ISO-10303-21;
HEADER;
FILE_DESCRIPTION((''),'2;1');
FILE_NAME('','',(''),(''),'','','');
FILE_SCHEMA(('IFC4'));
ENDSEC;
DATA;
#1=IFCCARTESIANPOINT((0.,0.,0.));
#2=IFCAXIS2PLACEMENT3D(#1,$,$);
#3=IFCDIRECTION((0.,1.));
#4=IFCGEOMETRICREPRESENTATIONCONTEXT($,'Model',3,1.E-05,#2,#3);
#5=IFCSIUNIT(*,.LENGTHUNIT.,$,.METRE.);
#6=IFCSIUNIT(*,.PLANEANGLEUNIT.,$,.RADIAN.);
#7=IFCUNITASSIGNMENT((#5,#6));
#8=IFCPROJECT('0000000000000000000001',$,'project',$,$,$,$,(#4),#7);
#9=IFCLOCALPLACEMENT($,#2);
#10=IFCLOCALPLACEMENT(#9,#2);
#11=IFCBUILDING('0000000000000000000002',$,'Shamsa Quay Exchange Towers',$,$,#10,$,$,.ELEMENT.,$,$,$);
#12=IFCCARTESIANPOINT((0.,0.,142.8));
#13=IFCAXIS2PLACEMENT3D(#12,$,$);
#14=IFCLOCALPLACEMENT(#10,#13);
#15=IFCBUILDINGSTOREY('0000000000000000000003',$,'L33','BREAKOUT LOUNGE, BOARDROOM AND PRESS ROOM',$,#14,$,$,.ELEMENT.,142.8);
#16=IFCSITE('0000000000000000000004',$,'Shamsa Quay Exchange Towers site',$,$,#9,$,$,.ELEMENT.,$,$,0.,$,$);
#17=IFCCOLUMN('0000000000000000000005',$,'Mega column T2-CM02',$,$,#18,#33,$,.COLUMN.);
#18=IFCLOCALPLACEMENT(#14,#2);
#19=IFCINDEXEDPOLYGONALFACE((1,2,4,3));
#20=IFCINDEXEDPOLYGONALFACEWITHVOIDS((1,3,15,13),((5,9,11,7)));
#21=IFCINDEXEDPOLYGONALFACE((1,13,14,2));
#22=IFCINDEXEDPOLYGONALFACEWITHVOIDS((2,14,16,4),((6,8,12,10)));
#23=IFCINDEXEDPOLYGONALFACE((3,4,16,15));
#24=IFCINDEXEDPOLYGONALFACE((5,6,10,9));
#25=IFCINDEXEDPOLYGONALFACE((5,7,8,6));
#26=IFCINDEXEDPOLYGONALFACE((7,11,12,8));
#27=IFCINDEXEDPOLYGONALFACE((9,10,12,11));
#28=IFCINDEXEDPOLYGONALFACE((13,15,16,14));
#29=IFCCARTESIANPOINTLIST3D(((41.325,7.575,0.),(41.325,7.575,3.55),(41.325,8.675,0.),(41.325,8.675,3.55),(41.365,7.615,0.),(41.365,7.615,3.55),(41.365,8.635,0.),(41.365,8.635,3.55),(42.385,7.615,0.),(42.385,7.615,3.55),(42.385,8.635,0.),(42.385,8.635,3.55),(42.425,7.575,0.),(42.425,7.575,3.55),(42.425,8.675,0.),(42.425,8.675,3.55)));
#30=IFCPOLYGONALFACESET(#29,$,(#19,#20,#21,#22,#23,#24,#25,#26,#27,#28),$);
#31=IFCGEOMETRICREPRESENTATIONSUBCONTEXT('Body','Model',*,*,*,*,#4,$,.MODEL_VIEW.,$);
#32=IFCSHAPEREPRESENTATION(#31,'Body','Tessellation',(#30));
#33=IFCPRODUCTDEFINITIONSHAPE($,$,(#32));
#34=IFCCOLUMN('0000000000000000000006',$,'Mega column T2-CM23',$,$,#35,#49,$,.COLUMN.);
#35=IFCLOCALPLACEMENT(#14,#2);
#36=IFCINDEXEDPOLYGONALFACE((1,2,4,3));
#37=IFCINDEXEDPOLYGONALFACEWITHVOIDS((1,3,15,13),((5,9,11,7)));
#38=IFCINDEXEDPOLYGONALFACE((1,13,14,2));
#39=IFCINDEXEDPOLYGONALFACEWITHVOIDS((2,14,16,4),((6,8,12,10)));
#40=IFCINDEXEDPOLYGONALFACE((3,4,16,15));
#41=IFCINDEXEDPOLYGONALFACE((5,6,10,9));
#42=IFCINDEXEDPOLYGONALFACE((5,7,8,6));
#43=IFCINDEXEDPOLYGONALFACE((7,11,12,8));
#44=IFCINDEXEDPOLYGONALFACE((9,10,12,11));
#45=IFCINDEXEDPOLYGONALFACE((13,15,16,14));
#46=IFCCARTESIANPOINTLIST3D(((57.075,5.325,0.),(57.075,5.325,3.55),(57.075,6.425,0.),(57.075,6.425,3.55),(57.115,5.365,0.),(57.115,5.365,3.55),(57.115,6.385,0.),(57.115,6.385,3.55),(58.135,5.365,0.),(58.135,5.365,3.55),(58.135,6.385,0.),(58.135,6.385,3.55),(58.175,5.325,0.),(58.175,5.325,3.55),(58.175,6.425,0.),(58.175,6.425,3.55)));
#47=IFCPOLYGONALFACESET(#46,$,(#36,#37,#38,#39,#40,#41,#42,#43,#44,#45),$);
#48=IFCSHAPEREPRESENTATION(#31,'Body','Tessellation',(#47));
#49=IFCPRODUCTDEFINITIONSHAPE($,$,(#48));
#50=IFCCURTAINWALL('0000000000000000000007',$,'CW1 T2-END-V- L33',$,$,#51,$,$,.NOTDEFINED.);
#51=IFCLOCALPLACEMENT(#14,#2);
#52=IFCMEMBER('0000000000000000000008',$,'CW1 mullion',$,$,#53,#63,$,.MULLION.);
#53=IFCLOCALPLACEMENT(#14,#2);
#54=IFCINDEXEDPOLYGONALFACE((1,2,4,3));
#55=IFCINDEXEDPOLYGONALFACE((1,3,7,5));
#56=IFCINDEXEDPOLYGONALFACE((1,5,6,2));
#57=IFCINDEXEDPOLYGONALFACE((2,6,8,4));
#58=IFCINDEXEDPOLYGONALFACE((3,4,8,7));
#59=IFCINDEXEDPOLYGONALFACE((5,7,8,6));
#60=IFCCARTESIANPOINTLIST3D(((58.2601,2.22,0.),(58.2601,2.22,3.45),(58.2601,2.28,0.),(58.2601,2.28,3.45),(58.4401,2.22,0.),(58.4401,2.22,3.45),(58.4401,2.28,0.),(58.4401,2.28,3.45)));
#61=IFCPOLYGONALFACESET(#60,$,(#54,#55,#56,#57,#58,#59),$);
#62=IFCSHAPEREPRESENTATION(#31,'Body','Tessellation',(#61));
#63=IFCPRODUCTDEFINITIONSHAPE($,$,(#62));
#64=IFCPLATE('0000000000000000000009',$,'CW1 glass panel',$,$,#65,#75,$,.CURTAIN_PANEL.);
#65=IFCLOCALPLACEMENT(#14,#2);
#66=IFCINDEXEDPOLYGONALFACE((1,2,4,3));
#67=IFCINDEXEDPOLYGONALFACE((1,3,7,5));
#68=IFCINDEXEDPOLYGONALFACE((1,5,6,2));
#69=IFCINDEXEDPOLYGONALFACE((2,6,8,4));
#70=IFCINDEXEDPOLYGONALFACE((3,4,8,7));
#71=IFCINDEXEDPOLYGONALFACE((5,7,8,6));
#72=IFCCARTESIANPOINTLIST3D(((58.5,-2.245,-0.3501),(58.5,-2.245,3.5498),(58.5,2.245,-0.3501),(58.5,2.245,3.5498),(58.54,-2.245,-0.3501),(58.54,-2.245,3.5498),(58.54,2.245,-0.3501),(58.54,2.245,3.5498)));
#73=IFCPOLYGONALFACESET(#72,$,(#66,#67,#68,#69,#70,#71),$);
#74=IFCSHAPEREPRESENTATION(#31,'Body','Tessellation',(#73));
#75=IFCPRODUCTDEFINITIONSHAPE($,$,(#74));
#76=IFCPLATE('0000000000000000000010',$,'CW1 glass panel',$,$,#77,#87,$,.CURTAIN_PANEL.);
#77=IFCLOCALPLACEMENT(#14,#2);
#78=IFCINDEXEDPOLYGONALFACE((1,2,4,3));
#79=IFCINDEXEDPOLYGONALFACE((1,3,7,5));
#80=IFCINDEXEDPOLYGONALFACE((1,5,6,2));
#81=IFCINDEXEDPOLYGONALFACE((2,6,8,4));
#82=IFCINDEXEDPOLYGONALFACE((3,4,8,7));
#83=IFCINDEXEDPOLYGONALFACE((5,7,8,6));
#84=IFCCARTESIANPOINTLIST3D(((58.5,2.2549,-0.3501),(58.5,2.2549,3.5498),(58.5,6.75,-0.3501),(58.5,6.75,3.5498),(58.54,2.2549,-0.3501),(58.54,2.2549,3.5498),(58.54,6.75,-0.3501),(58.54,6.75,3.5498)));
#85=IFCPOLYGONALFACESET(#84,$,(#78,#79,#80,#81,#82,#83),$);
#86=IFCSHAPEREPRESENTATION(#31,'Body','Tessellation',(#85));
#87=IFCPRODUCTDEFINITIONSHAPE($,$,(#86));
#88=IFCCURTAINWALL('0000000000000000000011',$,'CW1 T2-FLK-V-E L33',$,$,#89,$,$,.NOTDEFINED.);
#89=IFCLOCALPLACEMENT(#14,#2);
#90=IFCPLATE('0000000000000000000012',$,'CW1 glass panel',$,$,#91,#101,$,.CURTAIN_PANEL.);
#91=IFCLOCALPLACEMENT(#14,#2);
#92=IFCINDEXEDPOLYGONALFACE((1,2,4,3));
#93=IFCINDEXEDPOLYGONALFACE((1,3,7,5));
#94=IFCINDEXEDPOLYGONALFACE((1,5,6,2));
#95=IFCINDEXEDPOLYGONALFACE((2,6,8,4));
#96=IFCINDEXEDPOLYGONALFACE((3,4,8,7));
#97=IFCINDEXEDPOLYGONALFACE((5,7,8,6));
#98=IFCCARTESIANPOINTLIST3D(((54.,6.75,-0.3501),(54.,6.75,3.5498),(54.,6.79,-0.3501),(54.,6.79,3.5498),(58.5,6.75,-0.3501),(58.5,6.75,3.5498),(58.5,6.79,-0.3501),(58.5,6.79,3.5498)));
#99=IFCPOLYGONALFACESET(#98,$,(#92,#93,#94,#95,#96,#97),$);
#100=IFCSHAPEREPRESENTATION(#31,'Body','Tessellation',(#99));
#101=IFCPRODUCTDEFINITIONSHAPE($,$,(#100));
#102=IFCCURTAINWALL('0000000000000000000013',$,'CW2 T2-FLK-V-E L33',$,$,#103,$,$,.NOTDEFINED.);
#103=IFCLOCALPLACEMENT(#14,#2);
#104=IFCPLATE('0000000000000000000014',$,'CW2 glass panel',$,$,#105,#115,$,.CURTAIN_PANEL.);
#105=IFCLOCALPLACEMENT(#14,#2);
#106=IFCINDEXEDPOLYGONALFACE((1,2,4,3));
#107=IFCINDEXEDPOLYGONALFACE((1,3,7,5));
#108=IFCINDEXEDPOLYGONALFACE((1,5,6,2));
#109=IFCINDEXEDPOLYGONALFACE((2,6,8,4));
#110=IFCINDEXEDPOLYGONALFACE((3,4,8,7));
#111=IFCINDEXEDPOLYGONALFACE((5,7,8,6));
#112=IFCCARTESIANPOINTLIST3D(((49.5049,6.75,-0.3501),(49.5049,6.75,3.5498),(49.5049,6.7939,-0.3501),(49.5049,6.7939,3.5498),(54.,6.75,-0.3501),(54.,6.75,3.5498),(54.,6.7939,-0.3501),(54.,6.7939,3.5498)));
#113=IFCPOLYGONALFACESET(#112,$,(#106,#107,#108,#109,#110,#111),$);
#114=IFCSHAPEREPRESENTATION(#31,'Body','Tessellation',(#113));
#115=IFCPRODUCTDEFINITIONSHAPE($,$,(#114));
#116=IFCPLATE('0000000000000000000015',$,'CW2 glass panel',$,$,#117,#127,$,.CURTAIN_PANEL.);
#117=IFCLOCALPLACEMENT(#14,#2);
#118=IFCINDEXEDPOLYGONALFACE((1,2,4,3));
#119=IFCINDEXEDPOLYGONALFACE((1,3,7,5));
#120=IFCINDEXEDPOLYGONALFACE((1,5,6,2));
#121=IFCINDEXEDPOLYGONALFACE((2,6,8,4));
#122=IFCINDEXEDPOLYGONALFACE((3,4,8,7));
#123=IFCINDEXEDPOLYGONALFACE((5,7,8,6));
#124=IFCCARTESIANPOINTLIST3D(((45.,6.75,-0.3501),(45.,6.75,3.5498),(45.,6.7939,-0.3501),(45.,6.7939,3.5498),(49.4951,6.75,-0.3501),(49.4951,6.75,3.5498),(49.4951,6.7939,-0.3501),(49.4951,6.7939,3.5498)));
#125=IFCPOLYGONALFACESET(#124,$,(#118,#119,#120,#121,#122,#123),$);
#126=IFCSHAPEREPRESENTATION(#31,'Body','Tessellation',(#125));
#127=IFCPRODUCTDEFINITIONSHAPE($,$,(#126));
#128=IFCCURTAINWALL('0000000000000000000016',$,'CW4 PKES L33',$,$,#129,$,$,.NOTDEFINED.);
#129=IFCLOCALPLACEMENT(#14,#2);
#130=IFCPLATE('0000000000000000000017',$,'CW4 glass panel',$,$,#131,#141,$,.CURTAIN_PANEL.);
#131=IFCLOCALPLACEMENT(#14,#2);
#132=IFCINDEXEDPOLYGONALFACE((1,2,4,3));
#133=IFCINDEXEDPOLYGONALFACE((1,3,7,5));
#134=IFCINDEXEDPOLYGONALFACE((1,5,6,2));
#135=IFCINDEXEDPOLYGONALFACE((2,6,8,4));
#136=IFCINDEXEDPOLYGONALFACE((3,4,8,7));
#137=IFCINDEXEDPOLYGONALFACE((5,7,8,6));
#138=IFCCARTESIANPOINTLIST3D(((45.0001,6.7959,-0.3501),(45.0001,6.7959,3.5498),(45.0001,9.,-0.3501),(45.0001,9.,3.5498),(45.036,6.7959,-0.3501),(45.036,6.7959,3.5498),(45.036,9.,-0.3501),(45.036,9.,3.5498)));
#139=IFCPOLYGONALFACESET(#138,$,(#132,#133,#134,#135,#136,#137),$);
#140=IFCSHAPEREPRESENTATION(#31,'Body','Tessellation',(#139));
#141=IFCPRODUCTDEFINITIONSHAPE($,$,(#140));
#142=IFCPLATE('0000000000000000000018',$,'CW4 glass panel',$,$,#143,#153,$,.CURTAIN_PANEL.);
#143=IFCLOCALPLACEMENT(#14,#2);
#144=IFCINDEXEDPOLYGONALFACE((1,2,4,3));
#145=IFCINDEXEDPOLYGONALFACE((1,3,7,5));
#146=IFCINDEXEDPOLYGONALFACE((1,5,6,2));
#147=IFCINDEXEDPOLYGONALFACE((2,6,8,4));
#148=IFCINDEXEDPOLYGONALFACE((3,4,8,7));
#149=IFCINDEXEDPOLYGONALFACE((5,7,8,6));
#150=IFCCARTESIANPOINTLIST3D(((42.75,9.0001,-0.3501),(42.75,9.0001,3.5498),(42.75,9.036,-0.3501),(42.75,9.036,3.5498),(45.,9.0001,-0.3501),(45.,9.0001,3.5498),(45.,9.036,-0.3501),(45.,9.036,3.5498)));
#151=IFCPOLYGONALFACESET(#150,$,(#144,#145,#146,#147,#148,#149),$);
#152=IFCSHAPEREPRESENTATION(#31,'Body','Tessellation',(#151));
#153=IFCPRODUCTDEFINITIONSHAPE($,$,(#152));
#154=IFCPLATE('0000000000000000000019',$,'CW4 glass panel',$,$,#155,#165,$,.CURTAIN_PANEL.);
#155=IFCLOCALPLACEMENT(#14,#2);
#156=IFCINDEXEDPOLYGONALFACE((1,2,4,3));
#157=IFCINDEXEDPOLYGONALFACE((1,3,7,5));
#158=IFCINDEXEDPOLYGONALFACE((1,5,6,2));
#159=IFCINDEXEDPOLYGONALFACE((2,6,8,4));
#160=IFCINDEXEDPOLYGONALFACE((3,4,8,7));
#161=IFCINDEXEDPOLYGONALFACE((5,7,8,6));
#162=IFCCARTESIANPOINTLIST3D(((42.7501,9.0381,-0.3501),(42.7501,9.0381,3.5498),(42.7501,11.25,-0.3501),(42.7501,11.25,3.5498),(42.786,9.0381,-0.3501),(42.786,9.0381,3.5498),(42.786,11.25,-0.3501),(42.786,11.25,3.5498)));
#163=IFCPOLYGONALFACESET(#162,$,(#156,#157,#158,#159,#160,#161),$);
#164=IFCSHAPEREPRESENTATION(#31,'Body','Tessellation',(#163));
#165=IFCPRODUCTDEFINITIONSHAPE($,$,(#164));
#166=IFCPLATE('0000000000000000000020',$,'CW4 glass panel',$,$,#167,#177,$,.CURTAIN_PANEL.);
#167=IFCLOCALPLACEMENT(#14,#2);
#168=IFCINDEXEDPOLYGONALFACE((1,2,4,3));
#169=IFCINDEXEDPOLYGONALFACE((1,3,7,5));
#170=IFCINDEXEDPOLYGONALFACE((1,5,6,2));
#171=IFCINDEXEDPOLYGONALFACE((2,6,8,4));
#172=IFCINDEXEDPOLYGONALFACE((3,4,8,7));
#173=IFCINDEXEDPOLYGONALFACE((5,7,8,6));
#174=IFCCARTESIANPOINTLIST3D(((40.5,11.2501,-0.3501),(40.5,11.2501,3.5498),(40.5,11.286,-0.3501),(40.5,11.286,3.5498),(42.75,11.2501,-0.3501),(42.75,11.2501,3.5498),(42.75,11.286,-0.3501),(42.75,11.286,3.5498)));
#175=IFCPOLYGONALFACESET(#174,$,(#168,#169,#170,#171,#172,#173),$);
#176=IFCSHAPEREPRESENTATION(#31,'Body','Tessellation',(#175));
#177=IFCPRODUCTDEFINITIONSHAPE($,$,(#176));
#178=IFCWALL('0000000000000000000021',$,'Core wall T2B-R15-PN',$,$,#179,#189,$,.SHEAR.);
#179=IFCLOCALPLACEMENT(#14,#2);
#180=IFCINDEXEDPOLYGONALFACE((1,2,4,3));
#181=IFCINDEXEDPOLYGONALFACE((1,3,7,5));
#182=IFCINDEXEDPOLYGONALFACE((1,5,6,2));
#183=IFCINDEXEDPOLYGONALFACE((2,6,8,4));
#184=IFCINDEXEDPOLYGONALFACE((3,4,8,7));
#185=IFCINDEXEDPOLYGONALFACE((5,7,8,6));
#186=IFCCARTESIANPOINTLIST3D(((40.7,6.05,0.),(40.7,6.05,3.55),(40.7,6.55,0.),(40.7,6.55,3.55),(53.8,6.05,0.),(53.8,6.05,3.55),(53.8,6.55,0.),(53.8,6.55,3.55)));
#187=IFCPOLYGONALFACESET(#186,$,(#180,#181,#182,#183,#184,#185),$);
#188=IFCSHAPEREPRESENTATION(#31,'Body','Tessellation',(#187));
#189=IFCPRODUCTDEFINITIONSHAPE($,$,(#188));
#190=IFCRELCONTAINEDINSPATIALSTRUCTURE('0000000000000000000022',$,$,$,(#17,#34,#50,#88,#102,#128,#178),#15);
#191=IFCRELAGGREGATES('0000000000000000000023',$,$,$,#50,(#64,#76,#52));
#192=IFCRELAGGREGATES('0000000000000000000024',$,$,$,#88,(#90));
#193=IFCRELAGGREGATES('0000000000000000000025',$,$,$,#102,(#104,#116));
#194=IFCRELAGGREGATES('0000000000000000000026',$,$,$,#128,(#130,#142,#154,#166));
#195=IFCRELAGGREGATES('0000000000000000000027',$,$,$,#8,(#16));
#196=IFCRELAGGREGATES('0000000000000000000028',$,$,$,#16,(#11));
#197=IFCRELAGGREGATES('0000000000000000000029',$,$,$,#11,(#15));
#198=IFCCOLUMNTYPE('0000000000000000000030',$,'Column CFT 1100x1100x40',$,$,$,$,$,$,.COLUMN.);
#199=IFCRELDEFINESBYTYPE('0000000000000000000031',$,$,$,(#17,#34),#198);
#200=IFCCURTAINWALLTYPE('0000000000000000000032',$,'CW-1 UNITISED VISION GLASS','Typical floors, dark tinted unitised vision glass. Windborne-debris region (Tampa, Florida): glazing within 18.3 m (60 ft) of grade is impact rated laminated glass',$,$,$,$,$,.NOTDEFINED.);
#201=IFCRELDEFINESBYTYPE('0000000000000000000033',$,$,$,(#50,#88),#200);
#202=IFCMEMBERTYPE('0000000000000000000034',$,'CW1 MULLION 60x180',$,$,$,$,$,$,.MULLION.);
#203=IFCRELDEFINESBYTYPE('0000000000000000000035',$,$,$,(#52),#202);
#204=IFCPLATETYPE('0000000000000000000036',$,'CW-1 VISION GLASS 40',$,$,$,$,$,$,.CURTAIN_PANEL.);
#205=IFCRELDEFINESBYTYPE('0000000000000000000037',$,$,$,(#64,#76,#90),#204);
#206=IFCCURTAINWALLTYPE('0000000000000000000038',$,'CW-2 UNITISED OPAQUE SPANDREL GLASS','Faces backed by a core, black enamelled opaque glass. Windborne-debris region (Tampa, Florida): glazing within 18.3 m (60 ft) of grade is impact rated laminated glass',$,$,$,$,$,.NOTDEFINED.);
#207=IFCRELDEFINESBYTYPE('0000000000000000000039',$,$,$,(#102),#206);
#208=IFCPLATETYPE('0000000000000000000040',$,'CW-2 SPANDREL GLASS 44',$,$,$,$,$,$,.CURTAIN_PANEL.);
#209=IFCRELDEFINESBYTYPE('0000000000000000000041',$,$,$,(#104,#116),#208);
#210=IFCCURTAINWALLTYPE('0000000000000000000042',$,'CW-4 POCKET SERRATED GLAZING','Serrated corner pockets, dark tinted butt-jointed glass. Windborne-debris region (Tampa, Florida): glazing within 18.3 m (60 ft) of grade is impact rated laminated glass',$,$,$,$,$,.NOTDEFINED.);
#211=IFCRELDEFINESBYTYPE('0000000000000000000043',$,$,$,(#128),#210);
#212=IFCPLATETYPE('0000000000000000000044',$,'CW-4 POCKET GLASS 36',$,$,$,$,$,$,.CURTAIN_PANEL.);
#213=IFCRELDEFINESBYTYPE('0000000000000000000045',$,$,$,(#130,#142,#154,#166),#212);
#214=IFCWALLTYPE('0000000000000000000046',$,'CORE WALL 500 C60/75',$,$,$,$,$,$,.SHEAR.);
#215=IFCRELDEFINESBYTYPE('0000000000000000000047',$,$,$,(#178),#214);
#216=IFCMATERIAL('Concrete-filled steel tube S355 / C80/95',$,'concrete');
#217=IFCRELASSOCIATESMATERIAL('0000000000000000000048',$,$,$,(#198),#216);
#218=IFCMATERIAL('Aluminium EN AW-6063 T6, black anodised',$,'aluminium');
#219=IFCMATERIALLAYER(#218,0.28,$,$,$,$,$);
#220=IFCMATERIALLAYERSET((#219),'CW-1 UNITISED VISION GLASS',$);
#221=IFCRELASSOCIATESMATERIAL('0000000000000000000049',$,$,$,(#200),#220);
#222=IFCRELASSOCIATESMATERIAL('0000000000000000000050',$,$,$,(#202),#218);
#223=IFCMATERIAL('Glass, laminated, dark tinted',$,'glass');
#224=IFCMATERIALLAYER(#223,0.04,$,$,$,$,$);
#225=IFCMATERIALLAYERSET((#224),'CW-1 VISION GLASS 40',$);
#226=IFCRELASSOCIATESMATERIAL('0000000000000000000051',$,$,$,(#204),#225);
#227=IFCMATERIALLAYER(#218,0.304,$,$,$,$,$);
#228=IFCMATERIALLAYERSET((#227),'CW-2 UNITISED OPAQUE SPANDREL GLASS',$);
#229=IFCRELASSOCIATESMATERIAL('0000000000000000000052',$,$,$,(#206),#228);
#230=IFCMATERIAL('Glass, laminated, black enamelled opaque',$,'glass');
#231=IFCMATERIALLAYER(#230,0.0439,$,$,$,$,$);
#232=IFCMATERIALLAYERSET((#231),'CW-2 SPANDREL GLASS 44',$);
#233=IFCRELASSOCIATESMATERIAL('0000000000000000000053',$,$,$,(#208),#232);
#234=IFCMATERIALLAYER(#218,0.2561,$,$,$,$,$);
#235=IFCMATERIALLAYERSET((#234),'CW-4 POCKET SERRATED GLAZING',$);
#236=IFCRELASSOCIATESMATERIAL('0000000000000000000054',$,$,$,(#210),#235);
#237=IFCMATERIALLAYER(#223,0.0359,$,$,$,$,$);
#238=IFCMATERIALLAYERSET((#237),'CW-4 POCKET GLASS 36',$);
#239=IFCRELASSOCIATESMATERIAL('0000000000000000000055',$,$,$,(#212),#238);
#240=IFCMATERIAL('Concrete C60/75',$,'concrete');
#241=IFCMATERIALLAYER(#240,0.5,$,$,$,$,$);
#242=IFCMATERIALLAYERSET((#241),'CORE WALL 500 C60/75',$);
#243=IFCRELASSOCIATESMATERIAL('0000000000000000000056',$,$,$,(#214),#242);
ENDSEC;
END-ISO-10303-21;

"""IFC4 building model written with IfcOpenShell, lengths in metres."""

from ifc_helpers import new_model, si_unit, direction, frame, frame_2d, origin, origin_2d, place, context, subcontext, project, spatial, rectangle, hollow_rectangle, extrude, material, layer, layer_set, material_profile, profile_set, type_object, element, aggregate, save


model = new_model("IFC4")

# Units and contexts
model_context = context("Model", 3, precision=1e-05, world=origin(), true_north=direction((0.0, 1.0)))
body_context = subcontext(model_context, "Body", "Model", "MODEL_VIEW")
ifc_project = project(units=[si_unit("LENGTHUNIT", "METRE"), si_unit("PLANEANGLEUNIT", "RADIAN")], contexts=[model_context])

# Site, building, storey
site_placement = place(None, origin())
site = spatial("IfcSite", under=ifc_project, at=site_placement, Name="Shamsa Quay Exchange Towers site", CompositionType="ELEMENT", RefElevation=0.0)
building_placement = place(site_placement, origin())
building = spatial("IfcBuilding", under=site, at=building_placement, Name="Shamsa Quay Exchange Towers", CompositionType="ELEMENT")
storey_placement = place(building_placement, frame((0.0, 0.0, 142.8)))
storey = spatial("IfcBuildingStorey", under=building, at=storey_placement, Name="L33", Description="BREAKOUT LOUNGE, BOARDROOM AND PRESS ROOM", CompositionType="ELEMENT", Elevation=142.8)

# Columns
ifc_material_1 = material(Name="Concrete-filled steel tube S355 / C80/95", Category="concrete")
ifc_material_profile_1 = material_profile(ifc_material_1, hollow_rectangle(XDim=1.1001, YDim=1.1001, WallThickness=0.04, at=origin_2d()), Name="CFT 1100x1100x40")
ifc_profile_set_1 = profile_set([ifc_material_profile_1], Name="Concrete-filled steel tube S355 / C80/95")
column_type = type_object("IfcColumnType", Name="Column CFT 1100x1100x40", PredefinedType="COLUMN", material=ifc_profile_set_1)
for number, where, name in (
    (1, (41.875, 8.125, 0.0), "Mega column T2-CM02"),
    (2, (57.625, 5.875, 0.0), "Mega column T2-CM23"),
):
    element("IfcColumn", number, at=place(storey_placement, frame(where)), inside=storey, type_object=column_type, Name=name, PredefinedType="COLUMN", context=body_context, shape_type="SweptSolid", body=[
        extrude(hollow_rectangle(XDim=1.1001, YDim=1.1001, WallThickness=0.04, at=origin_2d()), origin(), (0.0, 0.0, 1.0), 3.55),
    ])

# Curtain wall, member, plates
ifc_material_2 = material(Name="Aluminium EN AW-6063 T6, black anodised", Category="aluminium")
ifc_layer_1 = layer(ifc_material_2, 0.28)
ifc_layer_set_1 = layer_set([ifc_layer_1], Name="CW-1 UNITISED VISION GLASS")
curtain_wall_type_1 = type_object("IfcCurtainWallType", Name="CW-1 UNITISED VISION GLASS", Description="Typical floors, dark tinted unitised vision glass. Windborne-debris region (Tampa, Florida): glazing within 18.3 m (60 ft) of grade is impact rated laminated glass", PredefinedType="NOTDEFINED", material=ifc_layer_set_1)
curtain_wall_1_placement = place(storey_placement, origin())
curtain_wall_1 = element("IfcCurtainWall", 3, at=curtain_wall_1_placement, inside=storey, type_object=curtain_wall_type_1, Name="CW1 T2-END-V- L33", PredefinedType="NOTDEFINED")
ifc_material_profile_2 = material_profile(ifc_material_2, rectangle(XDim=0.1799, YDim=0.0601, at=origin_2d()), Name="MU60x180")
ifc_profile_set_2 = profile_set([ifc_material_profile_2], Name="Aluminium EN AW-6063 T6, black anodised")
member_type = type_object("IfcMemberType", Name="CW1 MULLION 60x180", PredefinedType="MULLION", material=ifc_profile_set_2)
member_placement = place(storey_placement, frame((58.3501, 2.25, 0.0), z_axis=(0.0, 0.0, 1.0), x_axis=(-1.0, 0.0, 0.0)))
member = element("IfcMember", 4, at=member_placement, type_object=member_type, Name="CW1 mullion", PredefinedType="MULLION", context=body_context, shape_type="SweptSolid", body=[
    extrude(rectangle(XDim=0.1799, YDim=0.0601, at=origin_2d()), origin(), (0.0, 0.0, 1.0), 3.45),
])
ifc_material_3 = material(Name="Glass, laminated, dark tinted", Category="glass")
ifc_layer_2 = layer(ifc_material_3, 0.04)
ifc_layer_set_2 = layer_set([ifc_layer_2], Name="CW-1 VISION GLASS 40")
plate_type_1 = type_object("IfcPlateType", Name="CW-1 VISION GLASS 40", PredefinedType="CURTAIN_PANEL", material=ifc_layer_set_2)
plate_1_placement = place(storey_placement, frame((58.52, 0.0, -0.3501), z_axis=(0.0, 0.0, 1.0), x_axis=(0.0, 1.0, 0.0)))
plate_1 = element("IfcPlate", 5, at=plate_1_placement, type_object=plate_type_1, Name="CW1 glass panel", PredefinedType="CURTAIN_PANEL", context=body_context, shape_type="SweptSolid", body=[
    extrude(rectangle(XDim=4.49, YDim=0.04, at=origin_2d()), origin(), (0.0, 0.0, 1.0), 3.8999),
])
plate_2_placement = place(storey_placement, frame((58.52, 4.5024, -0.3501), z_axis=(0.0, 0.0, 1.0), x_axis=(0.0, 1.0, 0.0)))
plate_2 = element("IfcPlate", 6, at=plate_2_placement, type_object=plate_type_1, Name="CW1 glass panel", PredefinedType="CURTAIN_PANEL", context=body_context, shape_type="SweptSolid", body=[
    extrude(rectangle(XDim=4.4951, YDim=0.04, at=origin_2d()), origin(), (0.0, 0.0, 1.0), 3.8999),
])
aggregate(curtain_wall_1, [plate_1, plate_2, member])

# Curtain wall, plate
curtain_wall_2_placement = place(storey_placement, origin())
curtain_wall_2 = element("IfcCurtainWall", 7, at=curtain_wall_2_placement, inside=storey, type_object=curtain_wall_type_1, Name="CW1 T2-FLK-V-E L33", PredefinedType="NOTDEFINED")
plate_3_placement = place(storey_placement, frame((56.25, 6.77, -0.3501), z_axis=(0.0, 0.0, 1.0), x_axis=(-1.0, 0.0, 0.0)))
plate_3 = element("IfcPlate", 8, at=plate_3_placement, type_object=plate_type_1, Name="CW1 glass panel", PredefinedType="CURTAIN_PANEL", context=body_context, shape_type="SweptSolid", body=[
    extrude(rectangle(XDim=4.5, YDim=0.04, at=origin_2d()), origin(), (0.0, 0.0, 1.0), 3.8999),
])
aggregate(curtain_wall_2, [plate_3])

# Curtain walls, plates
ifc_layer_3 = layer(ifc_material_2, 0.304)
ifc_layer_set_3 = layer_set([ifc_layer_3], Name="CW-2 UNITISED OPAQUE SPANDREL GLASS")
curtain_wall_type_2 = type_object("IfcCurtainWallType", Name="CW-2 UNITISED OPAQUE SPANDREL GLASS", Description="Faces backed by a core, black enamelled opaque glass. Windborne-debris region (Tampa, Florida): glazing within 18.3 m (60 ft) of grade is impact rated laminated glass", PredefinedType="NOTDEFINED", material=ifc_layer_set_3)
curtain_wall_3_placement = place(storey_placement, origin())
curtain_wall_3 = element("IfcCurtainWall", 9, at=curtain_wall_3_placement, inside=storey, type_object=curtain_wall_type_2, Name="CW2 T2-FLK-V-E L33", PredefinedType="NOTDEFINED")
ifc_material_4 = material(Name="Glass, laminated, black enamelled opaque", Category="glass")
ifc_layer_4 = layer(ifc_material_4, 0.0439)
ifc_layer_set_4 = layer_set([ifc_layer_4], Name="CW-2 SPANDREL GLASS 44")
plate_type_2 = type_object("IfcPlateType", Name="CW-2 SPANDREL GLASS 44", PredefinedType="CURTAIN_PANEL", material=ifc_layer_set_4)
plate_4_placement = place(storey_placement, frame((51.7524, 6.772, -0.3501), z_axis=(0.0, 0.0, 1.0), x_axis=(-1.0, 0.0, 0.0)))
plate_4 = element("IfcPlate", 10, at=plate_4_placement, type_object=plate_type_2, Name="CW2 glass panel", PredefinedType="CURTAIN_PANEL", context=body_context, shape_type="SweptSolid", body=[
    extrude(rectangle(XDim=4.4951, YDim=0.0439, at=origin_2d()), origin(), (0.0, 0.0, 1.0), 3.8999),
])
plate_5_placement = place(storey_placement, frame((47.2476, 6.772, -0.3501), z_axis=(0.0, 0.0, 1.0), x_axis=(-1.0, 0.0, 0.0)))
plate_5 = element("IfcPlate", 11, at=plate_5_placement, type_object=plate_type_2, Name="CW2 glass panel", PredefinedType="CURTAIN_PANEL", context=body_context, shape_type="SweptSolid", body=[
    extrude(rectangle(XDim=4.4951, YDim=0.0439, at=origin_2d()), origin(), (0.0, 0.0, 1.0), 3.8999),
])
aggregate(curtain_wall_3, [plate_4, plate_5])
ifc_layer_5 = layer(ifc_material_2, 0.2561)
ifc_layer_set_5 = layer_set([ifc_layer_5], Name="CW-4 POCKET SERRATED GLAZING")
curtain_wall_type_3 = type_object("IfcCurtainWallType", Name="CW-4 POCKET SERRATED GLAZING", Description="Serrated corner pockets, dark tinted butt-jointed glass. Windborne-debris region (Tampa, Florida): glazing within 18.3 m (60 ft) of grade is impact rated laminated glass", PredefinedType="NOTDEFINED", material=ifc_layer_set_5)
curtain_wall_4_placement = place(storey_placement, origin())
curtain_wall_4 = element("IfcCurtainWall", 12, at=curtain_wall_4_placement, inside=storey, type_object=curtain_wall_type_3, Name="CW4 PKES L33", PredefinedType="NOTDEFINED")
ifc_layer_6 = layer(ifc_material_3, 0.0359)
ifc_layer_set_6 = layer_set([ifc_layer_6], Name="CW-4 POCKET GLASS 36")
plate_type_3 = type_object("IfcPlateType", Name="CW-4 POCKET GLASS 36", PredefinedType="CURTAIN_PANEL", material=ifc_layer_set_6)
plate_6_placement = place(storey_placement, frame((45.0181, 7.8979, -0.3501), z_axis=(0.0, 0.0, 1.0), x_axis=(0.0, 1.0, 0.0)))
plate_6 = element("IfcPlate", 13, at=plate_6_placement, type_object=plate_type_3, Name="CW4 glass panel", PredefinedType="CURTAIN_PANEL", context=body_context, shape_type="SweptSolid", body=[
    extrude(rectangle(XDim=2.2041, YDim=0.0359, at=origin_2d()), origin(), (0.0, 0.0, 1.0), 3.8999),
])
plate_7_placement = place(storey_placement, frame((43.875, 9.0181, -0.3501), z_axis=(0.0, 0.0, 1.0), x_axis=(-1.0, 0.0, 0.0)))
plate_7 = element("IfcPlate", 14, at=plate_7_placement, type_object=plate_type_3, Name="CW4 glass panel", PredefinedType="CURTAIN_PANEL", context=body_context, shape_type="SweptSolid", body=[
    extrude(rectangle(XDim=2.25, YDim=0.0359, at=origin_2d()), origin(), (0.0, 0.0, 1.0), 3.8999),
])
plate_8_placement = place(storey_placement, frame((42.7681, 10.144, -0.3501), z_axis=(0.0, 0.0, 1.0), x_axis=(0.0, 1.0, 0.0)))
plate_8 = element("IfcPlate", 15, at=plate_8_placement, type_object=plate_type_3, Name="CW4 glass panel", PredefinedType="CURTAIN_PANEL", context=body_context, shape_type="SweptSolid", body=[
    extrude(rectangle(XDim=2.2119, YDim=0.0359, at=origin_2d()), origin(), (0.0, 0.0, 1.0), 3.8999),
])
plate_9_placement = place(storey_placement, frame((41.625, 11.2681, -0.3501), z_axis=(0.0, 0.0, 1.0), x_axis=(-1.0, 0.0, 0.0)))
plate_9 = element("IfcPlate", 16, at=plate_9_placement, type_object=plate_type_3, Name="CW4 glass panel", PredefinedType="CURTAIN_PANEL", context=body_context, shape_type="SweptSolid", body=[
    extrude(rectangle(XDim=2.25, YDim=0.0359, at=origin_2d()), origin(), (0.0, 0.0, 1.0), 3.8999),
])
aggregate(curtain_wall_4, [plate_6, plate_7, plate_8, plate_9])

# Wall
ifc_material_5 = material(Name="Concrete C60/75", Category="concrete")
ifc_layer_7 = layer(ifc_material_5, 0.5)
ifc_layer_set_7 = layer_set([ifc_layer_7], Name="CORE WALL 500 C60/75")
wall_type_1 = type_object("IfcWallType", Name="CORE WALL 500 C60/75", PredefinedType="SHEAR", material=ifc_layer_set_7)
wall_1_placement = place(storey_placement, frame((53.8, 6.3, 0.0), z_axis=(0.0, 0.0, 1.0), x_axis=(-1.0, 0.0, 0.0)))
element("IfcWall", 17, at=wall_1_placement, inside=storey, type_object=wall_type_1, Name="Core wall T2B-R15-PN", PredefinedType="SHEAR", context=body_context, shape_type="SweptSolid", body=[
    extrude(rectangle(XDim=13.1001, YDim=0.5, at=frame_2d((6.55, 0.0))), origin(), (0.0, 0.0, 1.0), 3.55),
])

save(model, "model.ifc")
